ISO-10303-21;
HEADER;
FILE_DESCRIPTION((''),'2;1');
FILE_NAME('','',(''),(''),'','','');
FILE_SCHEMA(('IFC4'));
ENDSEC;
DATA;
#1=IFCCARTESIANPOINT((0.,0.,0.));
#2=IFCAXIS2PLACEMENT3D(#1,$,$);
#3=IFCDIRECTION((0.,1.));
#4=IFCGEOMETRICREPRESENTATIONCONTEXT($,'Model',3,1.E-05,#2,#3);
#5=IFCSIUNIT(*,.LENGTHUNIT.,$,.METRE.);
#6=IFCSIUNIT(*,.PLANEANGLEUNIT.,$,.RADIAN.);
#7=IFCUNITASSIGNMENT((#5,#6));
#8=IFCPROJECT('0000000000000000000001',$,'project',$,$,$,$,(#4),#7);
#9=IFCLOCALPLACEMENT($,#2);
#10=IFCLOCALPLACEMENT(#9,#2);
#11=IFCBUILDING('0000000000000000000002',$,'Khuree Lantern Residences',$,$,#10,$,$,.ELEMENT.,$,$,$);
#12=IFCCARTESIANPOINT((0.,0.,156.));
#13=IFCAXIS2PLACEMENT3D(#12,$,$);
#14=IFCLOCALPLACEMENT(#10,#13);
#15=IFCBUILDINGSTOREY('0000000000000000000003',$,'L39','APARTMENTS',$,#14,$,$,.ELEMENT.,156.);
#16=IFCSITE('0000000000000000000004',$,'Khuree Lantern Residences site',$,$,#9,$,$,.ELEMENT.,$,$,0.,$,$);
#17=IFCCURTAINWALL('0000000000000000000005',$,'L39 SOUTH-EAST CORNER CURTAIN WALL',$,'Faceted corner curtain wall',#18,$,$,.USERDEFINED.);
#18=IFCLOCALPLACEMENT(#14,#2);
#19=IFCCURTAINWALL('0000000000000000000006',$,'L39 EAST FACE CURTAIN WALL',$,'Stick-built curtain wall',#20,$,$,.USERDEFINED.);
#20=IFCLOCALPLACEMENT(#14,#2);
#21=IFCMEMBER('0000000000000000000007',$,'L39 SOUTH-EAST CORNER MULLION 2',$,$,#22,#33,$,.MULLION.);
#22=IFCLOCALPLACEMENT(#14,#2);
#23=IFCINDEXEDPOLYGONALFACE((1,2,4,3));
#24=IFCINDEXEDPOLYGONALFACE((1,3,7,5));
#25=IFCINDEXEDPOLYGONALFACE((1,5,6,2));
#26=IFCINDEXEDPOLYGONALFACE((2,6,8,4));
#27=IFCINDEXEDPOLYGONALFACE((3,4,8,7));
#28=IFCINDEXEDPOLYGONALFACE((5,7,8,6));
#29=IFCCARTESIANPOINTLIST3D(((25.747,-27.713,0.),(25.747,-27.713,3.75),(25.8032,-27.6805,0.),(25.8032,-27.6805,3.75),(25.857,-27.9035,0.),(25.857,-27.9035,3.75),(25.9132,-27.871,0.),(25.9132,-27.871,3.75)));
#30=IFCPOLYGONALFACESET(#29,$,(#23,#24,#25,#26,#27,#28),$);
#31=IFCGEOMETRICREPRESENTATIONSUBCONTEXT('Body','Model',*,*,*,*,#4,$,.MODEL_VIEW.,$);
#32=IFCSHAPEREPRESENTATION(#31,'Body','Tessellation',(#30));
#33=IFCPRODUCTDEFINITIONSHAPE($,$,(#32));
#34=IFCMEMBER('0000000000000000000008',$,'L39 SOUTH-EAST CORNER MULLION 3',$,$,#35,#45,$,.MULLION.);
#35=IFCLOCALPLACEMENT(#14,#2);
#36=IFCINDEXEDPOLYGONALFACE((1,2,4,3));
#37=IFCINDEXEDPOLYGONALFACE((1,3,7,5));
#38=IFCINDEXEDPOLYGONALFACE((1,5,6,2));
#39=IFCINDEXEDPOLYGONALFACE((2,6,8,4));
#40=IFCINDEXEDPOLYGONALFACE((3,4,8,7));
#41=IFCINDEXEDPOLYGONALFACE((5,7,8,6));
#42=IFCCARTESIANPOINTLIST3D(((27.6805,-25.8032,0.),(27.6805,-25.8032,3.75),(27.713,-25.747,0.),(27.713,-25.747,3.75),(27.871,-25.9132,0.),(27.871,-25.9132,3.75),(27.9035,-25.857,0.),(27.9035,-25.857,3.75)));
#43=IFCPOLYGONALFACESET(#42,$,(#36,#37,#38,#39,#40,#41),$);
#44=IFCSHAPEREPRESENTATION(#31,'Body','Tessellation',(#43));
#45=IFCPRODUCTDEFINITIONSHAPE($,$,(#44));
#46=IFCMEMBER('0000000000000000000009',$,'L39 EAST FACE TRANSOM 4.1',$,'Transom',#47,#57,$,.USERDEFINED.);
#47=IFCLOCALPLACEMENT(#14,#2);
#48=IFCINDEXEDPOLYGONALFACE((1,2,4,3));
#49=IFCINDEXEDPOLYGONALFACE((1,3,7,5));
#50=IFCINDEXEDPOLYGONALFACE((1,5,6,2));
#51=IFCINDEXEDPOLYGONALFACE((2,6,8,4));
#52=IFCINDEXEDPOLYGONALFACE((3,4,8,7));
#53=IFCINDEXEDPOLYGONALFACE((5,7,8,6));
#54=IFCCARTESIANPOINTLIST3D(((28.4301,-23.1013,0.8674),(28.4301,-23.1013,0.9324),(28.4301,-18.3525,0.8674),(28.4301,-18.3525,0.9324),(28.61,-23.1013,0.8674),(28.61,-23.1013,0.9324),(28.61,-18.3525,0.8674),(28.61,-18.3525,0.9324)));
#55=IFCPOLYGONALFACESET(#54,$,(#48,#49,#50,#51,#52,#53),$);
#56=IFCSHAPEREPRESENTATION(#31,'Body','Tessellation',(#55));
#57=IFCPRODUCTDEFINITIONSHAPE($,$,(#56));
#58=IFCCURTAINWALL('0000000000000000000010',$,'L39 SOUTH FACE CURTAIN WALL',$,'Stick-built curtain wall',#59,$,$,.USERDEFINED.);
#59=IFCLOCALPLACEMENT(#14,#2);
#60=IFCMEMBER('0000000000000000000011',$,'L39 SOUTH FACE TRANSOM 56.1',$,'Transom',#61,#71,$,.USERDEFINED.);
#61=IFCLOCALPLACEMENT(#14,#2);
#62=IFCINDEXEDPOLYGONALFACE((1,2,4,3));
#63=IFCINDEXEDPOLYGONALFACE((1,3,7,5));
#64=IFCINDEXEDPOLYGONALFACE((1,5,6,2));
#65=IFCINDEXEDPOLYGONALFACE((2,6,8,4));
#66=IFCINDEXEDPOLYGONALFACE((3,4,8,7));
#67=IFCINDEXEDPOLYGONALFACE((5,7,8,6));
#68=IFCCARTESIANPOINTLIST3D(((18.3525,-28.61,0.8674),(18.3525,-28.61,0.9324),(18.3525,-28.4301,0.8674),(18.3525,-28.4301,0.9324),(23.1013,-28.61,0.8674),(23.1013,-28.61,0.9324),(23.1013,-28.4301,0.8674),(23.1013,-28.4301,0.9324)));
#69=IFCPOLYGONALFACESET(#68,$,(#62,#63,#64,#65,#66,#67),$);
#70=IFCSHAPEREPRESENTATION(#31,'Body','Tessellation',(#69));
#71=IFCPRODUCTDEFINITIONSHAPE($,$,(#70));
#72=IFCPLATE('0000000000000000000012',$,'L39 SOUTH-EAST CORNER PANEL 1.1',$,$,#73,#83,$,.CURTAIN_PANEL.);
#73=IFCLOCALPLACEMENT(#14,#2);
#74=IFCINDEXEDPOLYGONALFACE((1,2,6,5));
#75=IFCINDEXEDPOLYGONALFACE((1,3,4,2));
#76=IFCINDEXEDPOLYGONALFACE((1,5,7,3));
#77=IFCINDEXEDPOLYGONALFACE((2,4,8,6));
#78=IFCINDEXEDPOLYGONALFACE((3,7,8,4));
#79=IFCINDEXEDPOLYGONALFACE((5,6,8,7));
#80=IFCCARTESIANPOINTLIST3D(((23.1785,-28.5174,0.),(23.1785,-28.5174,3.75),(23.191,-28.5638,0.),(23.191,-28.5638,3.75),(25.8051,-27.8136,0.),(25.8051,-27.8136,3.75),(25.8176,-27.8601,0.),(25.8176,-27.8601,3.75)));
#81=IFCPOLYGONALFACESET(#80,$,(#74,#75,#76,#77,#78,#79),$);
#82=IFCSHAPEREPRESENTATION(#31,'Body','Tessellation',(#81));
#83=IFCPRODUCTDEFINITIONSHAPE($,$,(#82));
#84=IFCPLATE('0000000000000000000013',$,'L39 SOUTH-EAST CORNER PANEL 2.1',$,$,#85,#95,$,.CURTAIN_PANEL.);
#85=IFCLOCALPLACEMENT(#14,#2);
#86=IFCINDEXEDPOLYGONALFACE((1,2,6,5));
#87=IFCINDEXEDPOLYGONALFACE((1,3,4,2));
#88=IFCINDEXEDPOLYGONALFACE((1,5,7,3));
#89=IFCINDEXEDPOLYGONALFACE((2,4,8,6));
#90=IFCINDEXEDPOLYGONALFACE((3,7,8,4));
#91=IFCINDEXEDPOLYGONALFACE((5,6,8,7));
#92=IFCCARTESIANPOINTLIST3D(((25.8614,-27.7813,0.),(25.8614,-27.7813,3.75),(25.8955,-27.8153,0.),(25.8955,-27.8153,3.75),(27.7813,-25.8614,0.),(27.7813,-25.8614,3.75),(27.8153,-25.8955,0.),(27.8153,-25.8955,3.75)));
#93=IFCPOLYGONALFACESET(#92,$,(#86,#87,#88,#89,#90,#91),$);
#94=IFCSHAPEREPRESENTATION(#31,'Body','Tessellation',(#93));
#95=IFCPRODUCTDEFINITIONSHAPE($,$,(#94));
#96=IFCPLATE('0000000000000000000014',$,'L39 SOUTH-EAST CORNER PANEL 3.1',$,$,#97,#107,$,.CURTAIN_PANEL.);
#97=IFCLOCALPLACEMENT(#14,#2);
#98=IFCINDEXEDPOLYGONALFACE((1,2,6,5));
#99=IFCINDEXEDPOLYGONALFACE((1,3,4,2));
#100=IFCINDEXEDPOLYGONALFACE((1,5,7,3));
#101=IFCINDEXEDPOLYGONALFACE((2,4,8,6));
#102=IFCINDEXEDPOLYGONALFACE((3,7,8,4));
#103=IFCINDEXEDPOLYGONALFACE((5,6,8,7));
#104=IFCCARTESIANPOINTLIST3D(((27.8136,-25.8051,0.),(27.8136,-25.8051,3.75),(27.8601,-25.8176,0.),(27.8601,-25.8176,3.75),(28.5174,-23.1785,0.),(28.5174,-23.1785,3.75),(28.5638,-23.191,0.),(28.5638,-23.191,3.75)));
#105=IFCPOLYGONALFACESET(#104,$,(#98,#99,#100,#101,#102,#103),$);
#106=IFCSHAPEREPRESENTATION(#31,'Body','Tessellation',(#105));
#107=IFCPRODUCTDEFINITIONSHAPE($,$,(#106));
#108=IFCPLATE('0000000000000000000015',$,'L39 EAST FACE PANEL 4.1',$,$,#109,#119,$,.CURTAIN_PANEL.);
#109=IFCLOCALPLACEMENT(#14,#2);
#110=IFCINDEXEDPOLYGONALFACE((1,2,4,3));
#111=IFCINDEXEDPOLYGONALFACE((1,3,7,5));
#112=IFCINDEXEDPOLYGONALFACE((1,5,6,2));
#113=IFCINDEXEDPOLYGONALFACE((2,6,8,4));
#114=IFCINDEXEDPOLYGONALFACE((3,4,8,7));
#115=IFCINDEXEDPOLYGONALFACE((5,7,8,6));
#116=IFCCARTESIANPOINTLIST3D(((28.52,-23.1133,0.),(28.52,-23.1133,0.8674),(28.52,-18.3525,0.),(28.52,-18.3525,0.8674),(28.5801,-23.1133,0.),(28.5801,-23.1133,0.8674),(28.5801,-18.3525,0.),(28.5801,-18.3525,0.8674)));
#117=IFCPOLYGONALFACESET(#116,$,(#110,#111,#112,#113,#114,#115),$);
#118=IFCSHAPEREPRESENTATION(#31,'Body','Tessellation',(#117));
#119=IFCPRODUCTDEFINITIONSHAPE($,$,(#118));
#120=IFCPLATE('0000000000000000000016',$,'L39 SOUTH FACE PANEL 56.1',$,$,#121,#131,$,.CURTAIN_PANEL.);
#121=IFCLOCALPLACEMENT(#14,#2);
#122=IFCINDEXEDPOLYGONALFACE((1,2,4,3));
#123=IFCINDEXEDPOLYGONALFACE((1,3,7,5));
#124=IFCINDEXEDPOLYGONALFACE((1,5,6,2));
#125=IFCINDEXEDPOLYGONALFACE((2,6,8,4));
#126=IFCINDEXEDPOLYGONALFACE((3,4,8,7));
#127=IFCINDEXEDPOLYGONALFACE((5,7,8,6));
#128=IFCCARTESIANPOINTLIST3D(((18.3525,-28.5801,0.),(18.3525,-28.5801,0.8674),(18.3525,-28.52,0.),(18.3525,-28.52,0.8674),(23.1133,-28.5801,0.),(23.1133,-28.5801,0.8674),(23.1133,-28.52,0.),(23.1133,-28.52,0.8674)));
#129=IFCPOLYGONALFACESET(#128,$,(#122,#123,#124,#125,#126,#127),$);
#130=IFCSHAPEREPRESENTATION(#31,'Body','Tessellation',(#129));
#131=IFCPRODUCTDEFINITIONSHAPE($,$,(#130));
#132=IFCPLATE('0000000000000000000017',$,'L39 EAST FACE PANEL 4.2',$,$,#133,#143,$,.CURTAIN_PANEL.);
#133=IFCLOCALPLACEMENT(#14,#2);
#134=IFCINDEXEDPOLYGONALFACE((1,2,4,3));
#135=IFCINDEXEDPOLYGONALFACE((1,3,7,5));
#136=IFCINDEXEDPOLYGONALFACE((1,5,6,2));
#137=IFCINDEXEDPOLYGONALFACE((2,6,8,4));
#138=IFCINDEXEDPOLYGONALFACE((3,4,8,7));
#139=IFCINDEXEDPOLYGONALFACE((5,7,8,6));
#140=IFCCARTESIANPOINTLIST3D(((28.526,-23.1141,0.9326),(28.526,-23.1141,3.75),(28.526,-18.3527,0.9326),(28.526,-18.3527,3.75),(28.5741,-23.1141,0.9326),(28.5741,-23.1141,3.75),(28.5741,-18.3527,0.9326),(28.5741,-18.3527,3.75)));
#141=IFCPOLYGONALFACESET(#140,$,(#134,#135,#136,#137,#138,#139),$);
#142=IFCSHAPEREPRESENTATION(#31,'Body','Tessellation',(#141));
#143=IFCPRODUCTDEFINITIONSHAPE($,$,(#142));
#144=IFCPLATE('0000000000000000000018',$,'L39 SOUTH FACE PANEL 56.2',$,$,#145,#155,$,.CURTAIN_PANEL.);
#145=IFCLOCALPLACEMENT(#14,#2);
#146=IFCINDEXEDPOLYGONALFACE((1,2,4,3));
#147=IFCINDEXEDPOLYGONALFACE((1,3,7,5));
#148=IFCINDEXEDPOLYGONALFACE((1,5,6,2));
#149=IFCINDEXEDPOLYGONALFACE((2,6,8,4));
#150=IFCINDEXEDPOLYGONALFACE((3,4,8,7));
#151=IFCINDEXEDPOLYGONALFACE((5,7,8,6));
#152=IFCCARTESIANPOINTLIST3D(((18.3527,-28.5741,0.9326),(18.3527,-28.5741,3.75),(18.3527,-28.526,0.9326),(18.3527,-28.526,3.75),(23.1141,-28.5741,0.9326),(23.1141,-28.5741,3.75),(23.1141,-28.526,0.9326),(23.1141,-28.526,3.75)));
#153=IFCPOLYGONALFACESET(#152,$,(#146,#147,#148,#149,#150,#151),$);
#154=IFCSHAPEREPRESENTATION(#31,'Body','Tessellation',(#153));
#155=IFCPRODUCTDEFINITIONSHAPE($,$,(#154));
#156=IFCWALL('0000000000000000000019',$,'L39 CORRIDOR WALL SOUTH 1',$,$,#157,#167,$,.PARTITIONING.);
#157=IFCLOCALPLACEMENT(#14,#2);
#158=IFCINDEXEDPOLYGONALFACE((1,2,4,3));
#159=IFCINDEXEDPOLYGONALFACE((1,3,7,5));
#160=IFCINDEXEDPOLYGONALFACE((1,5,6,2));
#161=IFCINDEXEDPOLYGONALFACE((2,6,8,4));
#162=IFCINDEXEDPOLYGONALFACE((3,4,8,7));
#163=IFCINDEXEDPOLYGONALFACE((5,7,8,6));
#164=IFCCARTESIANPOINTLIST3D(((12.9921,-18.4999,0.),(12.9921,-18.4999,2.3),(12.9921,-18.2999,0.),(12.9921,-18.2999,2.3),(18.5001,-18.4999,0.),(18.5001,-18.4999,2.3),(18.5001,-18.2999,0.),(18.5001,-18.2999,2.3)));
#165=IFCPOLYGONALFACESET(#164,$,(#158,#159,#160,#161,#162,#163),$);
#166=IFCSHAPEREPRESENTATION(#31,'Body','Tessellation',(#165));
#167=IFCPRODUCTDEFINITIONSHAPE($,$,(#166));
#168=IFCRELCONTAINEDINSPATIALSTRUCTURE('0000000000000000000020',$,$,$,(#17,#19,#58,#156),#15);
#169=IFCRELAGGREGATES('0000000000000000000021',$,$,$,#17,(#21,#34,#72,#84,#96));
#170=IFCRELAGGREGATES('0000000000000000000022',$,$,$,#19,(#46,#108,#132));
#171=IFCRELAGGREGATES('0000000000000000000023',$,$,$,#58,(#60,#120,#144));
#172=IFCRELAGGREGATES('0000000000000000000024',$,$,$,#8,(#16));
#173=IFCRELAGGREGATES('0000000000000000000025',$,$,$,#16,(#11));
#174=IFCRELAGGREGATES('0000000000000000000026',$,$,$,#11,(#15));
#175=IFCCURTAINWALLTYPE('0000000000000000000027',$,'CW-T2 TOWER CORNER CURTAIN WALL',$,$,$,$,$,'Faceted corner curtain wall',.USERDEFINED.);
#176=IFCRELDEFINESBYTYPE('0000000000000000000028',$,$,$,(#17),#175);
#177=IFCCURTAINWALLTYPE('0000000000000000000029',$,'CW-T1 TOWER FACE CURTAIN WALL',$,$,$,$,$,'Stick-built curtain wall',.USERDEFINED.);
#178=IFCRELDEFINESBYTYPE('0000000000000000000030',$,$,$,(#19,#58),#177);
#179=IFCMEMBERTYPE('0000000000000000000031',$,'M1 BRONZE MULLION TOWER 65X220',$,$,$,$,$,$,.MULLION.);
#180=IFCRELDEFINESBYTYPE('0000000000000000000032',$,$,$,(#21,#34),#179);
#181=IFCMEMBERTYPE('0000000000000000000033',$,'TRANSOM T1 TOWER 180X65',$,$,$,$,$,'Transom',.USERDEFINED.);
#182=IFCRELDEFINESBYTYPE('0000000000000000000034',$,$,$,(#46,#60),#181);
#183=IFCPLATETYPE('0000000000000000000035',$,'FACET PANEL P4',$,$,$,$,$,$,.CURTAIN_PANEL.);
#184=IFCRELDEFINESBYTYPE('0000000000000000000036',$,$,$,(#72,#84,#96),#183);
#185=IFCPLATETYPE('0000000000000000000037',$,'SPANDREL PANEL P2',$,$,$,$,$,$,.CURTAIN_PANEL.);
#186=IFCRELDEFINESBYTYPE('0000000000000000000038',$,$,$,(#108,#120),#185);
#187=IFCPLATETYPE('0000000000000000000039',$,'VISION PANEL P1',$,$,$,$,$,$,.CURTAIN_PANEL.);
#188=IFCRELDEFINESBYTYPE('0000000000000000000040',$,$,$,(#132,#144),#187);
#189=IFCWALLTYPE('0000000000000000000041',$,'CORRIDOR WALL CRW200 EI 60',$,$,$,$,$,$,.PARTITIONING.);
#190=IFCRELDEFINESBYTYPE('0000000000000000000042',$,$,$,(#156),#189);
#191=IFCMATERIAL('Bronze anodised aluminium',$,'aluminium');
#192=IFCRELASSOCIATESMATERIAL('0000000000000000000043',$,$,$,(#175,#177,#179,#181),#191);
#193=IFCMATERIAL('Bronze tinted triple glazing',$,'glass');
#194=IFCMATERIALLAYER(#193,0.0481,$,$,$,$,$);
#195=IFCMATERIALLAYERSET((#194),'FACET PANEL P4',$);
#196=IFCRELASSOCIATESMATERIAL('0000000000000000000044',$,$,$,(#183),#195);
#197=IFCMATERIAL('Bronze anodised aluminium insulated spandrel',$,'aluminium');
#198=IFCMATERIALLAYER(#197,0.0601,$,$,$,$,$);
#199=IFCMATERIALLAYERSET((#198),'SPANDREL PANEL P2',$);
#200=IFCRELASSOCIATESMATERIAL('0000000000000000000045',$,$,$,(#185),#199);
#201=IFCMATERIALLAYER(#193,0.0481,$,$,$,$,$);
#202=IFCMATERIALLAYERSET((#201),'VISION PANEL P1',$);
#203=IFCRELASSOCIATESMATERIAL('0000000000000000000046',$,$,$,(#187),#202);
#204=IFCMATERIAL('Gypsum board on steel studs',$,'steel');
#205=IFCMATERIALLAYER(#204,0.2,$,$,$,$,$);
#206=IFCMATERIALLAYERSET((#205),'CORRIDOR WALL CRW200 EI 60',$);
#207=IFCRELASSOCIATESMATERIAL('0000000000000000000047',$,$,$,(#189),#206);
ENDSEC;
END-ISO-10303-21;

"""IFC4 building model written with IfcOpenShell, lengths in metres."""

from ifc_helpers import new_model, si_unit, direction, frame, frame_2d, origin, origin_2d, place, context, subcontext, project, spatial, rectangle, extrude, material, layer, layer_set, material_profile, profile_set, type_object, element, aggregate, save


model = new_model("IFC4")

# Units and contexts
model_context = context("Model", 3, precision=1e-05, world=origin(), true_north=direction((0.0, 1.0)))
body_context = subcontext(model_context, "Body", "Model", "MODEL_VIEW")
ifc_project = project(units=[si_unit("LENGTHUNIT", "METRE"), si_unit("PLANEANGLEUNIT", "RADIAN")], contexts=[model_context])

# Site, building, storey
site_placement = place(None, origin())
site = spatial("IfcSite", under=ifc_project, at=site_placement, Name="Khuree Lantern Residences site", CompositionType="ELEMENT", RefElevation=0.0)
building_placement = place(site_placement, origin())
building = spatial("IfcBuilding", under=site, at=building_placement, Name="Khuree Lantern Residences", CompositionType="ELEMENT")
storey_placement = place(building_placement, frame((0.0, 0.0, 156.0)))
storey = spatial("IfcBuildingStorey", under=building, at=storey_placement, Name="L39", Description="APARTMENTS", CompositionType="ELEMENT", Elevation=156.0)

# Curtain walls
ifc_material_1 = material(Name="Bronze anodised aluminium", Category="aluminium")
curtain_wall_type_1 = type_object("IfcCurtainWallType", Name="CW-T2 TOWER CORNER CURTAIN WALL", ElementType="Faceted corner curtain wall", PredefinedType="USERDEFINED", material=ifc_material_1)
curtain_wall_1_placement = place(storey_placement, origin())
curtain_wall_1 = element("IfcCurtainWall", 1, at=curtain_wall_1_placement, inside=storey, type_object=curtain_wall_type_1, Name="L39 SOUTH-EAST CORNER CURTAIN WALL", ObjectType="Faceted corner curtain wall", PredefinedType="USERDEFINED")
curtain_wall_type_2 = type_object("IfcCurtainWallType", Name="CW-T1 TOWER FACE CURTAIN WALL", ElementType="Stick-built curtain wall", PredefinedType="USERDEFINED", material=ifc_material_1)
curtain_wall_2_placement = place(storey_placement, origin())
curtain_wall_2 = element("IfcCurtainWall", 2, at=curtain_wall_2_placement, inside=storey, type_object=curtain_wall_type_2, Name="L39 EAST FACE CURTAIN WALL", ObjectType="Stick-built curtain wall", PredefinedType="USERDEFINED")

# Members
ifc_material_profile_1 = material_profile(ifc_material_1, rectangle(XDim=0.0649, YDim=0.22, at=origin_2d()), Name="M1 65X220")
ifc_profile_set_1 = profile_set([ifc_material_profile_1], Name="Bronze anodised aluminium")
member_type_1 = type_object("IfcMemberType", Name="M1 BRONZE MULLION TOWER 65X220", PredefinedType="MULLION", material=ifc_profile_set_1)
member_1_placement = place(storey_placement, frame((25.8301, -27.792, 0.0), z_axis=(0.0, 0.0, 1.0), x_axis=(0.866025, 0.5, 0.0)))
member_1 = element("IfcMember", 3, at=member_1_placement, type_object=member_type_1, Name="L39 SOUTH-EAST CORNER MULLION 2", PredefinedType="MULLION", context=body_context, shape_type="SweptSolid", body=[
    extrude(rectangle(XDim=0.0649, YDim=0.22, at=origin_2d()), origin(), (0.0, 0.0, 1.0), 3.75),
])
member_2_placement = place(storey_placement, frame((27.792, -25.8301, 0.0), z_axis=(0.0, 0.0, 1.0), x_axis=(0.5, 0.866025, 0.0)))
member_2 = element("IfcMember", 4, at=member_2_placement, type_object=member_type_1, Name="L39 SOUTH-EAST CORNER MULLION 3", PredefinedType="MULLION", context=body_context, shape_type="SweptSolid", body=[
    extrude(rectangle(XDim=0.0649, YDim=0.22, at=origin_2d()), origin(), (0.0, 0.0, 1.0), 3.75),
])
ifc_material_profile_2 = material_profile(ifc_material_1, rectangle(XDim=0.1799, YDim=0.0649, at=origin_2d()), Name="T1 180X65")
ifc_profile_set_2 = profile_set([ifc_material_profile_2], Name="Bronze anodised aluminium")
member_type_2 = type_object("IfcMemberType", Name="TRANSOM T1 TOWER 180X65", ElementType="Transom", PredefinedType="USERDEFINED", material=ifc_profile_set_2)
member_3_placement = place(storey_placement, frame((28.52, -23.1013, 0.8999), z_axis=(0.0, 1.0, 0.0), x_axis=(-1.0, 0.0, 0.0)))
member_3 = element("IfcMember", 5, at=member_3_placement, type_object=member_type_2, Name="L39 EAST FACE TRANSOM 4.1", ObjectType="Transom", PredefinedType="USERDEFINED", context=body_context, shape_type="SweptSolid", body=[
    extrude(rectangle(XDim=0.1799, YDim=0.0649, at=origin_2d()), origin(), (0.0, 0.0, 1.0), 4.7488),
])

# Curtain wall, member
curtain_wall_3_placement = place(storey_placement, origin())
curtain_wall_3 = element("IfcCurtainWall", 6, at=curtain_wall_3_placement, inside=storey, type_object=curtain_wall_type_2, Name="L39 SOUTH FACE CURTAIN WALL", ObjectType="Stick-built curtain wall", PredefinedType="USERDEFINED")
member_4_placement = place(storey_placement, frame((18.3525, -28.52, 0.8999), z_axis=(1.0, 0.0, 0.0), x_axis=(0.0, 1.0, 0.0)))
member_4 = element("IfcMember", 7, at=member_4_placement, type_object=member_type_2, Name="L39 SOUTH FACE TRANSOM 56.1", ObjectType="Transom", PredefinedType="USERDEFINED", context=body_context, shape_type="SweptSolid", body=[
    extrude(rectangle(XDim=0.1799, YDim=0.0649, at=origin_2d()), origin(), (0.0, 0.0, 1.0), 4.7488),
])

# Plates
ifc_material_2 = material(Name="Bronze tinted triple glazing", Category="glass")
ifc_layer_1 = layer(ifc_material_2, 0.0481)
ifc_layer_set_1 = layer_set([ifc_layer_1], Name="FACET PANEL P4")
plate_type_1 = type_object("IfcPlateType", Name="FACET PANEL P4", PredefinedType="CURTAIN_PANEL", material=ifc_layer_set_1)
plate_1_placement = place(storey_placement, frame((24.498, -28.1887, 0.0), z_axis=(0.0, 0.0, 1.0), x_axis=(0.965926, 0.258819, 0.0)))
plate_1 = element("IfcPlate", 8, at=plate_1_placement, type_object=plate_type_1, Name="L39 SOUTH-EAST CORNER PANEL 1.1", PredefinedType="CURTAIN_PANEL", context=body_context, shape_type="SweptSolid", body=[
    extrude(rectangle(XDim=2.7192, YDim=0.0481, at=origin_2d()), origin(), (0.0, 0.0, 1.0), 3.75),
])
plate_2_placement = place(storey_placement, frame((26.8384, -26.8384, 0.0), z_axis=(0.0, 0.0, 1.0), x_axis=(0.707107, 0.707107, 0.0)))
plate_2 = element("IfcPlate", 9, at=plate_2_placement, type_object=plate_type_1, Name="L39 SOUTH-EAST CORNER PANEL 2.1", PredefinedType="CURTAIN_PANEL", context=body_context, shape_type="SweptSolid", body=[
    extrude(rectangle(XDim=2.7151, YDim=0.0481, at=origin_2d()), origin(), (0.0, 0.0, 1.0), 3.75),
])
plate_3_placement = place(storey_placement, frame((28.1887, -24.498, 0.0), z_axis=(0.0, 0.0, 1.0), x_axis=(0.258819, 0.965926, 0.0)))
plate_3 = element("IfcPlate", 10, at=plate_3_placement, type_object=plate_type_1, Name="L39 SOUTH-EAST CORNER PANEL 3.1", PredefinedType="CURTAIN_PANEL", context=body_context, shape_type="SweptSolid", body=[
    extrude(rectangle(XDim=2.7192, YDim=0.0481, at=origin_2d()), origin(), (0.0, 0.0, 1.0), 3.75),
])
aggregate(curtain_wall_1, [member_1, member_2, plate_1, plate_2, plate_3])
ifc_material_3 = material(Name="Bronze anodised aluminium insulated spandrel", Category="aluminium")
ifc_layer_2 = layer(ifc_material_3, 0.0601)
ifc_layer_set_2 = layer_set([ifc_layer_2], Name="SPANDREL PANEL P2")
plate_type_2 = type_object("IfcPlateType", Name="SPANDREL PANEL P2", PredefinedType="CURTAIN_PANEL", material=ifc_layer_set_2)
plate_4_placement = place(storey_placement, frame((28.55, -20.7329, 0.0), z_axis=(0.0, 0.0, 1.0), x_axis=(0.0, 1.0, 0.0)))
plate_4 = element("IfcPlate", 11, at=plate_4_placement, type_object=plate_type_2, Name="L39 EAST FACE PANEL 4.1", PredefinedType="CURTAIN_PANEL", context=body_context, shape_type="SweptSolid", body=[
    extrude(rectangle(XDim=4.7607, YDim=0.0601, at=origin_2d()), origin(), (0.0, 0.0, 1.0), 0.8674),
])
plate_5_placement = place(storey_placement, frame((20.7329, -28.55, 0.0), z_axis=(0.0, 0.0, 1.0), x_axis=(1.0, 0.0, 0.0)))
plate_5 = element("IfcPlate", 12, at=plate_5_placement, type_object=plate_type_2, Name="L39 SOUTH FACE PANEL 56.1", PredefinedType="CURTAIN_PANEL", context=body_context, shape_type="SweptSolid", body=[
    extrude(rectangle(XDim=4.7607, YDim=0.0601, at=origin_2d()), origin(), (0.0, 0.0, 1.0), 0.8674),
])
ifc_layer_3 = layer(ifc_material_2, 0.0481)
ifc_layer_set_3 = layer_set([ifc_layer_3], Name="VISION PANEL P1")
plate_type_3 = type_object("IfcPlateType", Name="VISION PANEL P1", PredefinedType="CURTAIN_PANEL", material=ifc_layer_set_3)
plate_6_placement = place(storey_placement, frame((28.55, -20.7334, 0.9326), z_axis=(0.0, 0.0, 1.0), x_axis=(0.0, 1.0, 0.0)))
plate_6 = element("IfcPlate", 13, at=plate_6_placement, type_object=plate_type_3, Name="L39 EAST FACE PANEL 4.2", PredefinedType="CURTAIN_PANEL", context=body_context, shape_type="SweptSolid", body=[
    extrude(rectangle(XDim=4.7615, YDim=0.0481, at=origin_2d()), origin(), (0.0, 0.0, 1.0), 2.8174),
])
aggregate(curtain_wall_2, [member_3, plate_4, plate_6])
plate_7_placement = place(storey_placement, frame((20.7334, -28.55, 0.9326), z_axis=(0.0, 0.0, 1.0), x_axis=(1.0, 0.0, 0.0)))
plate_7 = element("IfcPlate", 14, at=plate_7_placement, type_object=plate_type_3, Name="L39 SOUTH FACE PANEL 56.2", PredefinedType="CURTAIN_PANEL", context=body_context, shape_type="SweptSolid", body=[
    extrude(rectangle(XDim=4.7615, YDim=0.0481, at=origin_2d()), origin(), (0.0, 0.0, 1.0), 2.8174),
])
aggregate(curtain_wall_3, [member_4, plate_5, plate_7])

# Wall
ifc_material_4 = material(Name="Gypsum board on steel studs", Category="steel")
ifc_layer_4 = layer(ifc_material_4, 0.2)
ifc_layer_set_4 = layer_set([ifc_layer_4], Name="CORRIDOR WALL CRW200 EI 60")
wall_type = type_object("IfcWallType", Name="CORRIDOR WALL CRW200 EI 60", PredefinedType="PARTITIONING", material=ifc_layer_set_4)
wall_placement = place(storey_placement, frame((18.5, -18.3999, 0.0), z_axis=(0.0, 0.0, 1.0), x_axis=(-1.0, 0.0, 0.0)))
element("IfcWall", 15, at=wall_placement, inside=storey, type_object=wall_type, Name="L39 CORRIDOR WALL SOUTH 1", PredefinedType="PARTITIONING", context=body_context, shape_type="SweptSolid", body=[
    extrude(rectangle(XDim=5.5081, YDim=0.2, at=frame_2d((2.7539, 0.0))), origin(), (0.0, 0.0, 1.0), 2.3),
])

save(model, "model.ifc")
